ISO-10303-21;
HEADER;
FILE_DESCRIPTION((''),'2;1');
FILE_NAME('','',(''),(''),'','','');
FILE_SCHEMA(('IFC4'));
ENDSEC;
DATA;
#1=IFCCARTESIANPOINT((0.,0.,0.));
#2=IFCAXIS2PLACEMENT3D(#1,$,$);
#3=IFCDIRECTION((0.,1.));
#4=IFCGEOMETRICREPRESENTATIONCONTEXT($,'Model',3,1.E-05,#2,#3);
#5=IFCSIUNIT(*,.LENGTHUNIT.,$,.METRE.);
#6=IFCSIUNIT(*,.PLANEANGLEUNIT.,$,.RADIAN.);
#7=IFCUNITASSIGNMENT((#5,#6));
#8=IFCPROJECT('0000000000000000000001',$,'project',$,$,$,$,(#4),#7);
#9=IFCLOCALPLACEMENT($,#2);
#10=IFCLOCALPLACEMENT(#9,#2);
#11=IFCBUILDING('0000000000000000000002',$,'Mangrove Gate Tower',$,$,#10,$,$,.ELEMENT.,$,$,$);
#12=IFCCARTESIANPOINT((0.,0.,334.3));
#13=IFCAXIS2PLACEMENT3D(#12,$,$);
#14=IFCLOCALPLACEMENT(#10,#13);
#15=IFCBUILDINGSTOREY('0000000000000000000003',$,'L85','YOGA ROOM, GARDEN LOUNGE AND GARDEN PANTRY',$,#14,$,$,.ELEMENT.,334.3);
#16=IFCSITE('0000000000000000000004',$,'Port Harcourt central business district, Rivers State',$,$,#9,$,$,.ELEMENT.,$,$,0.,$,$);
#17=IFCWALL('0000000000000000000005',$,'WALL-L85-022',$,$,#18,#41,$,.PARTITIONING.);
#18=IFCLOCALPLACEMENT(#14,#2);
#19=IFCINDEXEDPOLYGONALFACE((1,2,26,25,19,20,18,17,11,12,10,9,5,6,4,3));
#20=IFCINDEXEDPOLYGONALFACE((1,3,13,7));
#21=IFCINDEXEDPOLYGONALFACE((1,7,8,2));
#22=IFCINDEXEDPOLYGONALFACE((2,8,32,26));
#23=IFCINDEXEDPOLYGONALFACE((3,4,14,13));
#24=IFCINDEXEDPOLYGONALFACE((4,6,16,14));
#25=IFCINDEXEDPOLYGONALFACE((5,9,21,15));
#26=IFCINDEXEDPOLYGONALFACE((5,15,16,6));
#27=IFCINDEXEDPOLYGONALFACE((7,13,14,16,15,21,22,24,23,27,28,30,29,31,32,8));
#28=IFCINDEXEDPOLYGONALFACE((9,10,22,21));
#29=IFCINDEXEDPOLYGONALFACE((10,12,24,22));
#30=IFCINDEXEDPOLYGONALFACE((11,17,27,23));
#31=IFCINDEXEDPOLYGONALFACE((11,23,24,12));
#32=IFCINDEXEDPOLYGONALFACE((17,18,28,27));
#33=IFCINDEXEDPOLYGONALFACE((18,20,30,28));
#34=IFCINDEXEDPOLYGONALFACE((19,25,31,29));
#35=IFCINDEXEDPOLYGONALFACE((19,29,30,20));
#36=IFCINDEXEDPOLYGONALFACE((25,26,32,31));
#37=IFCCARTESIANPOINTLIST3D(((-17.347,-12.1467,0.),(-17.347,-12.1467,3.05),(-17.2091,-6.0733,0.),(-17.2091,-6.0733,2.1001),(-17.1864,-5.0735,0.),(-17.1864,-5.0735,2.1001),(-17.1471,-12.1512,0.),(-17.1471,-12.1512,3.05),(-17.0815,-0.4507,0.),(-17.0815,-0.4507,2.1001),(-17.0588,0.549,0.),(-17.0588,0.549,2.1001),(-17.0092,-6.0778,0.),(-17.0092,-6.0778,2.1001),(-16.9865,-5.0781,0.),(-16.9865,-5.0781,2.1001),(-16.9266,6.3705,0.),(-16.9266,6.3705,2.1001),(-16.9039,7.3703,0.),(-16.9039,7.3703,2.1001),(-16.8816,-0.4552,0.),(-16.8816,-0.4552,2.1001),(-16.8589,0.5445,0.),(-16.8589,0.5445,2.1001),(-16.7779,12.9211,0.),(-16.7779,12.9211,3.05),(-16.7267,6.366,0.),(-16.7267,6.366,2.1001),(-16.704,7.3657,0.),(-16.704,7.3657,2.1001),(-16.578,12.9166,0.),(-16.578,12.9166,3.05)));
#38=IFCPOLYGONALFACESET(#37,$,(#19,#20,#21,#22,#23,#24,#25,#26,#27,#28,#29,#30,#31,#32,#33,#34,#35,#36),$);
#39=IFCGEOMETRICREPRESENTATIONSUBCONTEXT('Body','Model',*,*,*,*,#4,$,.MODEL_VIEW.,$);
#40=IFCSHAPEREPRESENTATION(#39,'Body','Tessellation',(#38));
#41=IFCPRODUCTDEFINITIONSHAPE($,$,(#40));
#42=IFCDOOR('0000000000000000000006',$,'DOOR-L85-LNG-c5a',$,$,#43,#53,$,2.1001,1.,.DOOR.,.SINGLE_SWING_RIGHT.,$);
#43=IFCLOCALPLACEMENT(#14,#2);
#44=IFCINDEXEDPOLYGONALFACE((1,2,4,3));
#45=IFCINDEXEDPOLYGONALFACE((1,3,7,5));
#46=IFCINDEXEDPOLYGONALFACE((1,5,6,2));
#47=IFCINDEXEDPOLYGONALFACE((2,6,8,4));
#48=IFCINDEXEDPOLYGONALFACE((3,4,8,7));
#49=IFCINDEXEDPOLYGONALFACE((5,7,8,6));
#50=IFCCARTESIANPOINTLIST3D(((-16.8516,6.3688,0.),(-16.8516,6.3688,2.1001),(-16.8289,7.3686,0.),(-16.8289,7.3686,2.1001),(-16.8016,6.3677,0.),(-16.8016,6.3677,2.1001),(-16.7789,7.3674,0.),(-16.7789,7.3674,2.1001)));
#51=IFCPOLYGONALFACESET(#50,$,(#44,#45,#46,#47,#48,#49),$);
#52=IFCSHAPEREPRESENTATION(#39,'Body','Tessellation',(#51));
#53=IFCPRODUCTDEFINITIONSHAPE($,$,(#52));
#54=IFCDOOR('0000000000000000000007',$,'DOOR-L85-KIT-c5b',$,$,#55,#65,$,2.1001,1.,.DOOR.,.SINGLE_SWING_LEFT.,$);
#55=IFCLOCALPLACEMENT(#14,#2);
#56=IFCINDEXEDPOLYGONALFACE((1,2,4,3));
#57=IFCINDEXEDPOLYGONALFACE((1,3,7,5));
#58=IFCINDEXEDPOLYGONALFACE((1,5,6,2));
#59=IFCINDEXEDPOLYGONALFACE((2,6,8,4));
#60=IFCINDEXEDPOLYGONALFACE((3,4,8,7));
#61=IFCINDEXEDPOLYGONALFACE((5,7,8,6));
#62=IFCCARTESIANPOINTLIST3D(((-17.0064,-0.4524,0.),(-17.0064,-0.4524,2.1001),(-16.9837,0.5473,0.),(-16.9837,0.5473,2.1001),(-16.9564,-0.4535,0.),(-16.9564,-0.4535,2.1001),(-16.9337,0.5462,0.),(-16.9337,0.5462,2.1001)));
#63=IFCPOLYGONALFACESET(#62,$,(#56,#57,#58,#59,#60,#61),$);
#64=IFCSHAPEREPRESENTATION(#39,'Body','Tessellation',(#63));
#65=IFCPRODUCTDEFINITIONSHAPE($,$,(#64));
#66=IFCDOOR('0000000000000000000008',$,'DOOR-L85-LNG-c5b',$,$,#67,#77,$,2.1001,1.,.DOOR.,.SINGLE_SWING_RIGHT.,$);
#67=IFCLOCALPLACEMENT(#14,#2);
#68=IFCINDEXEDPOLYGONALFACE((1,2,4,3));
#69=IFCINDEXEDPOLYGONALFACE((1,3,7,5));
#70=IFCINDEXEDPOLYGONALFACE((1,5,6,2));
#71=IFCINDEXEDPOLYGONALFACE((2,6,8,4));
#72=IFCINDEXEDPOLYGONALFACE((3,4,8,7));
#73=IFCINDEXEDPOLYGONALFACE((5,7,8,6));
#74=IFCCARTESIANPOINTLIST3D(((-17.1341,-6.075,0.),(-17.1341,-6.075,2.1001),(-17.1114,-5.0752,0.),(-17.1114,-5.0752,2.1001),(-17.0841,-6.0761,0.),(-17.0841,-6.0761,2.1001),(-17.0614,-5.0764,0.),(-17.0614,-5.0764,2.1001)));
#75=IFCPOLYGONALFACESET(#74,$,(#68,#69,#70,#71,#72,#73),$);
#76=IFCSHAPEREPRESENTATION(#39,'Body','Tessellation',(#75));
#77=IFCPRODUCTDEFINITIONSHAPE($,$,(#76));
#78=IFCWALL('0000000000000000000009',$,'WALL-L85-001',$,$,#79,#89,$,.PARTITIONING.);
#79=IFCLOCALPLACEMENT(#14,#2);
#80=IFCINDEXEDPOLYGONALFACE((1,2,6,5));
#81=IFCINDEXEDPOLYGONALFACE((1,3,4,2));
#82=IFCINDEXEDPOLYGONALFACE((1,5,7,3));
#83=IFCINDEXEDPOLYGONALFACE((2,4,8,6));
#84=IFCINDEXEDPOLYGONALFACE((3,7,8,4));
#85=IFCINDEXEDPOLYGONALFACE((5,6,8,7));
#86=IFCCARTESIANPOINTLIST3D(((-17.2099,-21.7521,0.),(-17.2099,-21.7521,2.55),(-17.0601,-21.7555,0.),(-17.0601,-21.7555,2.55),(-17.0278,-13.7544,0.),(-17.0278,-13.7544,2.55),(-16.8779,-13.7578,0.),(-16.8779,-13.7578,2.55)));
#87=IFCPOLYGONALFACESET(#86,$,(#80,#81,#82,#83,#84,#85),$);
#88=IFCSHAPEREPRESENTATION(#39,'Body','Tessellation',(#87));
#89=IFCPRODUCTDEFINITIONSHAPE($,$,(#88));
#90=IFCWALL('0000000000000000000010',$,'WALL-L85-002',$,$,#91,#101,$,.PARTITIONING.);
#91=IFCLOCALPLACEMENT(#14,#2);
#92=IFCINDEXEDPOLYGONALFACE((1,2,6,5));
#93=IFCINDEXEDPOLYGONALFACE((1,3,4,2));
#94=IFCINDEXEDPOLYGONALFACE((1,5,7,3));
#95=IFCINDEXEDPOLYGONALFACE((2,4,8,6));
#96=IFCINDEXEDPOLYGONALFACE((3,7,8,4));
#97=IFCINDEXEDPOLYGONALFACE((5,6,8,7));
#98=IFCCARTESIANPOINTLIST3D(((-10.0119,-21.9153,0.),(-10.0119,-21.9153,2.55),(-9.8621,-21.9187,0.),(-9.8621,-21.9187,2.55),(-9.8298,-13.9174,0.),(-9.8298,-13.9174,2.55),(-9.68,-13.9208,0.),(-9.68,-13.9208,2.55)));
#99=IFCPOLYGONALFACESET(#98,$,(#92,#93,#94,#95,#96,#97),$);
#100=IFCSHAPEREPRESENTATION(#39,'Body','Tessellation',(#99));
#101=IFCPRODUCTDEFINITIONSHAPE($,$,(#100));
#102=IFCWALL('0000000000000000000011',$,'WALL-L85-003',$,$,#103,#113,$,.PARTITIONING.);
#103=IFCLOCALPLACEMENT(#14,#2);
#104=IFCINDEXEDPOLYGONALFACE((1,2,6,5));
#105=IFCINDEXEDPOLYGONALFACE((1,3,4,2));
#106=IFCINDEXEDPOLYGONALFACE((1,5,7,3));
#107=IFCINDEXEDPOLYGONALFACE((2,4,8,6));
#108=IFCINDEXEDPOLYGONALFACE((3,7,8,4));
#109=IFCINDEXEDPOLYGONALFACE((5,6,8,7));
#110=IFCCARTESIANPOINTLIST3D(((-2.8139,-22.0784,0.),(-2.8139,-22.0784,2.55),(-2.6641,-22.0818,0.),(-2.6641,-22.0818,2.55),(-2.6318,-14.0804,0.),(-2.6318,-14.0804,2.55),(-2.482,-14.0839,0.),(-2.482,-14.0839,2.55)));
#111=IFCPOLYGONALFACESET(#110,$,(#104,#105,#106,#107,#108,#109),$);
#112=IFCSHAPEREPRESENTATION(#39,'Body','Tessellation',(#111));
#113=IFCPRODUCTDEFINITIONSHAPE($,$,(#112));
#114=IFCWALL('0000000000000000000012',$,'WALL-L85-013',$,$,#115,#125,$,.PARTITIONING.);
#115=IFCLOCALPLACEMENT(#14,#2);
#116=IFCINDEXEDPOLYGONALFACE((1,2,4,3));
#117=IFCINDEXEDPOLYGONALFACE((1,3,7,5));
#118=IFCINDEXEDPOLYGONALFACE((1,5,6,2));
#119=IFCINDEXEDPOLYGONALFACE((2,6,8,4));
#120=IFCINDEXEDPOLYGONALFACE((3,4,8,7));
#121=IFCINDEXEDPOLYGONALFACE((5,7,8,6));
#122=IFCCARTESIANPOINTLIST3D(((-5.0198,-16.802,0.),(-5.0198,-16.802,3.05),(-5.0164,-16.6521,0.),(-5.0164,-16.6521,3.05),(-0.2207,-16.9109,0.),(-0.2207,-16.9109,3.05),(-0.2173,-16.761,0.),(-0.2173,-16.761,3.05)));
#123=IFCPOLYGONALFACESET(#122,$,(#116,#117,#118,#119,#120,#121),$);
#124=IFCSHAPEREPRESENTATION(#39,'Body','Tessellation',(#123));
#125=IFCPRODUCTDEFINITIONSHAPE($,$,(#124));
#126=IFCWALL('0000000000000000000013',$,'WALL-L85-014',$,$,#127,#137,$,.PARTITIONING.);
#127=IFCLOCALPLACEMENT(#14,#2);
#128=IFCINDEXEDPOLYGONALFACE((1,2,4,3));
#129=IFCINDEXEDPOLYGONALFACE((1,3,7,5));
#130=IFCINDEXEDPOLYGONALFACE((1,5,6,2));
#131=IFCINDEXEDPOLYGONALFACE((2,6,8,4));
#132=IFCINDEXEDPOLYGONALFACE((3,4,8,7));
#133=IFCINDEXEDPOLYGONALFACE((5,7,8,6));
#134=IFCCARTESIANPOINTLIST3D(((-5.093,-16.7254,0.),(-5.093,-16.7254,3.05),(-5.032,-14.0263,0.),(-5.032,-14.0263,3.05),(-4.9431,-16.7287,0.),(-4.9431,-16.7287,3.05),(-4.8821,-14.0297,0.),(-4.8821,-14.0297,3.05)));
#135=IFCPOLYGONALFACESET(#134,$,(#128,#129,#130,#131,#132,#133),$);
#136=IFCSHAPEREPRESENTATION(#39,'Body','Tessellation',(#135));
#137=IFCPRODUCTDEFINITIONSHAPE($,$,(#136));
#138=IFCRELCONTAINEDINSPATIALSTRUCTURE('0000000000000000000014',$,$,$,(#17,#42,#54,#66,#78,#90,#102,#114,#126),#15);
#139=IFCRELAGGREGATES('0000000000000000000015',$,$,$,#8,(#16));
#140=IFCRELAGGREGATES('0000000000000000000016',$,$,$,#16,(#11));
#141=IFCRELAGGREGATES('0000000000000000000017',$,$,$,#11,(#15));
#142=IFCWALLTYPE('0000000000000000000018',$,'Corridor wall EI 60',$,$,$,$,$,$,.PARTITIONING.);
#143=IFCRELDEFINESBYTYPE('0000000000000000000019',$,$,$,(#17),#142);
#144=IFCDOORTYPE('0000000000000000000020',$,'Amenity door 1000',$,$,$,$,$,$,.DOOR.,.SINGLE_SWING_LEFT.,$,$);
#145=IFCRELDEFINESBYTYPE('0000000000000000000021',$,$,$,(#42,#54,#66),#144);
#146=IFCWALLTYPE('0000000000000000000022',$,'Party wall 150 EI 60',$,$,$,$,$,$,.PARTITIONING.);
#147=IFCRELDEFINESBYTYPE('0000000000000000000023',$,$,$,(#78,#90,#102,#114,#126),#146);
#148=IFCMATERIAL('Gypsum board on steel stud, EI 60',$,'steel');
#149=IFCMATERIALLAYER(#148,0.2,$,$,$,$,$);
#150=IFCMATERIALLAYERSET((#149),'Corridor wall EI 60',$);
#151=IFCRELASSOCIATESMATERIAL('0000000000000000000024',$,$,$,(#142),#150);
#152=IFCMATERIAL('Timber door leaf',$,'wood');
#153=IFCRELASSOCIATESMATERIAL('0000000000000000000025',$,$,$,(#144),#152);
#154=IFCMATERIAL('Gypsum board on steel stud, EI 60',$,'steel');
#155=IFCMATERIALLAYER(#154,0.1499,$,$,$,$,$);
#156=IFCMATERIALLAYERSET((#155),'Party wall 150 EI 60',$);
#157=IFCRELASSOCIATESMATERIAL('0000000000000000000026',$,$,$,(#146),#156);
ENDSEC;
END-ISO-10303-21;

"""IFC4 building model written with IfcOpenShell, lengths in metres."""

from ifc_helpers import new_model, si_unit, direction, frame, frame_2d, origin, place, context, subcontext, project, spatial, rectangle, extrude, material, layer, layer_set, type_object, element, fill, save


model = new_model("IFC4")

# Units and contexts
model_context = context("Model", 3, precision=1e-05, world=origin(), true_north=direction((0.0, 1.0)))
body_context = subcontext(model_context, "Body", "Model", "MODEL_VIEW")
ifc_project = project(units=[si_unit("LENGTHUNIT", "METRE"), si_unit("PLANEANGLEUNIT", "RADIAN")], contexts=[model_context])

# Site, building, storey
site_placement = place(None, origin())
site = spatial("IfcSite", under=ifc_project, at=site_placement, Name="Port Harcourt central business district, Rivers State", CompositionType="ELEMENT", RefElevation=0.0)
building_placement = place(site_placement, origin())
building = spatial("IfcBuilding", under=site, at=building_placement, Name="Mangrove Gate Tower", CompositionType="ELEMENT")
storey_placement = place(building_placement, frame((0.0, 0.0, 334.3)))
storey = spatial("IfcBuildingStorey", under=building, at=storey_placement, Name="L85", Description="YOGA ROOM, GARDEN LOUNGE AND GARDEN PANTRY", CompositionType="ELEMENT", Elevation=334.3)

# Wall, openings, doors
ifc_material_1 = material(Name="Gypsum board on steel stud, EI 60", Category="steel")
ifc_layer_1 = layer(ifc_material_1, 0.2)
ifc_layer_set_1 = layer_set([ifc_layer_1], Name="Corridor wall EI 60")
wall_type_1 = type_object("IfcWallType", Name="Corridor wall EI 60", PredefinedType="PARTITIONING", material=ifc_layer_set_1)
wall_1_placement = place(storey_placement, frame((-17.2471, -12.1489, 0.0), z_axis=(0.0, 0.0, 1.0), x_axis=(0.022696, 0.999742, 0.0)))
wall_1 = element("IfcWall", 1, at=wall_1_placement, inside=storey, type_object=wall_type_1, Name="WALL-L85-022", PredefinedType="PARTITIONING", context=body_context, shape_type="SweptSolid", body=[
    extrude(rectangle(XDim=25.0742, YDim=0.2, at=frame_2d((12.5371, 0.0))), origin(), (0.0, 0.0, 1.0), 3.05),
])
opening_1_placement = place(wall_1_placement, frame((18.522, 0.0, 0.0)))
opening_1 = element("IfcOpeningElement", 2, at=opening_1_placement, cuts=wall_1, PredefinedType="OPENING", context=body_context, shape_type="SweptSolid", body=[
    extrude(rectangle(XDim=1.0, YDim=2.1001, at=frame_2d((0.5, 1.05))), frame((0.0, 0.1099, 0.0), z_axis=(0.0, -1.0, 0.0), x_axis=(1.0, 0.0, 0.0)), (0.0, 0.0, 1.0), 0.22),
])
opening_2_placement = place(wall_1_placement, frame((11.699, 0.0, 0.0)))
opening_2 = element("IfcOpeningElement", 3, at=opening_2_placement, cuts=wall_1, PredefinedType="OPENING", context=body_context, shape_type="SweptSolid", body=[
    extrude(rectangle(XDim=1.0, YDim=2.1001, at=frame_2d((0.5, 1.05))), frame((0.0, 0.1099, 0.0), z_axis=(0.0, -1.0, 0.0), x_axis=(1.0, 0.0, 0.0)), (0.0, 0.0, 1.0), 0.22),
])
opening_3_placement = place(wall_1_placement, frame((6.075, 0.0, 0.0)))
opening_3 = element("IfcOpeningElement", 4, at=opening_3_placement, cuts=wall_1, PredefinedType="OPENING", context=body_context, shape_type="SweptSolid", body=[
    extrude(rectangle(XDim=1.0, YDim=2.1001, at=frame_2d((0.5, 1.05))), frame((0.0, 0.1099, 0.0), z_axis=(0.0, -1.0, 0.0), x_axis=(1.0, 0.0, 0.0)), (0.0, 0.0, 1.0), 0.22),
])
ifc_material_2 = material(Name="Timber door leaf", Category="wood")
door_type_1 = type_object("IfcDoorType", Name="Amenity door 1000", OperationType="SINGLE_SWING_LEFT", PredefinedType="DOOR", material=ifc_material_2)
door_1_placement = place(opening_1_placement, origin())
door_1 = element("IfcDoor", 5, at=door_1_placement, inside=storey, type_object=door_type_1, Name="DOOR-L85-LNG-c5a", OperationType="SINGLE_SWING_RIGHT", OverallHeight=2.1001, OverallWidth=1.0, PredefinedType="DOOR", context=body_context, shape_type="SweptSolid", body=[
    extrude(rectangle(XDim=1.0, YDim=2.1001, at=frame_2d((0.5, 1.05))), frame((0.0, 0.0249, 0.0), z_axis=(0.0, -1.0, 0.0), x_axis=(1.0, 0.0, 0.0)), (0.0, 0.0, 1.0), 0.05),
])
fill(opening_1, door_1)
door_2_placement = place(opening_2_placement, origin())
door_2 = element("IfcDoor", 6, at=door_2_placement, inside=storey, type_object=door_type_1, Name="DOOR-L85-KIT-c5b", OperationType="SINGLE_SWING_LEFT", OverallHeight=2.1001, OverallWidth=1.0, PredefinedType="DOOR", context=body_context, shape_type="SweptSolid", body=[
    extrude(rectangle(XDim=1.0, YDim=2.1001, at=frame_2d((0.5, 1.05))), frame((0.0, 0.0249, 0.0), z_axis=(0.0, -1.0, 0.0), x_axis=(1.0, 0.0, 0.0)), (0.0, 0.0, 1.0), 0.05),
])
fill(opening_2, door_2)
door_3_placement = place(opening_3_placement, origin())
door_3 = element("IfcDoor", 7, at=door_3_placement, inside=storey, type_object=door_type_1, Name="DOOR-L85-LNG-c5b", OperationType="SINGLE_SWING_RIGHT", OverallHeight=2.1001, OverallWidth=1.0, PredefinedType="DOOR", context=body_context, shape_type="SweptSolid", body=[
    extrude(rectangle(XDim=1.0, YDim=2.1001, at=frame_2d((0.5, 1.05))), frame((0.0, 0.0249, 0.0), z_axis=(0.0, -1.0, 0.0), x_axis=(1.0, 0.0, 0.0)), (0.0, 0.0, 1.0), 0.05),
])
fill(opening_3, door_3)

# Walls
ifc_material_3 = material(Name="Gypsum board on steel stud, EI 60", Category="steel")
ifc_layer_2 = layer(ifc_material_3, 0.1499)
ifc_layer_set_2 = layer_set([ifc_layer_2], Name="Party wall 150 EI 60")
wall_type_2 = type_object("IfcWallType", Name="Party wall 150 EI 60", PredefinedType="PARTITIONING", material=ifc_layer_set_2)
wall_2_placement = place(storey_placement, frame((-17.135, -21.7539, 0.0), z_axis=(0.0, 0.0, 1.0), x_axis=(0.022766, 0.999741, 0.0)))
element("IfcWall", 8, at=wall_2_placement, inside=storey, type_object=wall_type_2, Name="WALL-L85-001", PredefinedType="PARTITIONING", context=body_context, shape_type="SweptSolid", body=[
    extrude(rectangle(XDim=7.9998, YDim=0.1499, at=frame_2d((4.0, 0.0))), origin(), (0.0, 0.0, 1.0), 2.55),
])
for number, where, z_axis, x_axis, name in (
    (9, (-9.937, -21.917, 0.0), (0.0, 0.0, 1.0), (0.022766, 0.999741, 0.0), "WALL-L85-002"),
    (10, (-2.739, -22.0801, 0.0), (0.0, 0.0, 1.0), (0.022766, 0.999741, 0.0), "WALL-L85-003"),
):
    element("IfcWall", number, at=place(storey_placement, frame(where, z_axis=z_axis, x_axis=x_axis)), inside=storey, type_object=wall_type_2, Name=name, PredefinedType="PARTITIONING", context=body_context, shape_type="SweptSolid", body=[
        extrude(rectangle(XDim=8.0, YDim=0.1499, at=frame_2d((4.0, 0.0))), origin(), (0.0, 0.0, 1.0), 2.55),
    ])
wall_3_placement = place(storey_placement, frame((-5.0181, -16.7271, 0.0), z_axis=(0.0, 0.0, 1.0), x_axis=(0.999743, -0.022683, 0.0)))
element("IfcWall", 11, at=wall_3_placement, inside=storey, type_object=wall_type_2, Name="WALL-L85-013", PredefinedType="PARTITIONING", context=body_context, shape_type="SweptSolid", body=[
    extrude(rectangle(XDim=4.8003, YDim=0.1499, at=frame_2d((2.4001, 0.0))), origin(), (0.0, 0.0, 1.0), 3.05),
])
wall_4_placement = place(storey_placement, frame((-5.0181, -16.7271, 0.0), z_axis=(0.0, 0.0, 1.0), x_axis=(0.022608, 0.999744, 0.0)))
element("IfcWall", 12, at=wall_4_placement, inside=storey, type_object=wall_type_2, Name="WALL-L85-014", PredefinedType="PARTITIONING", context=body_context, shape_type="SweptSolid", body=[
    extrude(rectangle(XDim=2.6997, YDim=0.1499, at=frame_2d((1.3499, 0.0))), origin(), (0.0, 0.0, 1.0), 3.05),
])

save(model, "model.ifc")
